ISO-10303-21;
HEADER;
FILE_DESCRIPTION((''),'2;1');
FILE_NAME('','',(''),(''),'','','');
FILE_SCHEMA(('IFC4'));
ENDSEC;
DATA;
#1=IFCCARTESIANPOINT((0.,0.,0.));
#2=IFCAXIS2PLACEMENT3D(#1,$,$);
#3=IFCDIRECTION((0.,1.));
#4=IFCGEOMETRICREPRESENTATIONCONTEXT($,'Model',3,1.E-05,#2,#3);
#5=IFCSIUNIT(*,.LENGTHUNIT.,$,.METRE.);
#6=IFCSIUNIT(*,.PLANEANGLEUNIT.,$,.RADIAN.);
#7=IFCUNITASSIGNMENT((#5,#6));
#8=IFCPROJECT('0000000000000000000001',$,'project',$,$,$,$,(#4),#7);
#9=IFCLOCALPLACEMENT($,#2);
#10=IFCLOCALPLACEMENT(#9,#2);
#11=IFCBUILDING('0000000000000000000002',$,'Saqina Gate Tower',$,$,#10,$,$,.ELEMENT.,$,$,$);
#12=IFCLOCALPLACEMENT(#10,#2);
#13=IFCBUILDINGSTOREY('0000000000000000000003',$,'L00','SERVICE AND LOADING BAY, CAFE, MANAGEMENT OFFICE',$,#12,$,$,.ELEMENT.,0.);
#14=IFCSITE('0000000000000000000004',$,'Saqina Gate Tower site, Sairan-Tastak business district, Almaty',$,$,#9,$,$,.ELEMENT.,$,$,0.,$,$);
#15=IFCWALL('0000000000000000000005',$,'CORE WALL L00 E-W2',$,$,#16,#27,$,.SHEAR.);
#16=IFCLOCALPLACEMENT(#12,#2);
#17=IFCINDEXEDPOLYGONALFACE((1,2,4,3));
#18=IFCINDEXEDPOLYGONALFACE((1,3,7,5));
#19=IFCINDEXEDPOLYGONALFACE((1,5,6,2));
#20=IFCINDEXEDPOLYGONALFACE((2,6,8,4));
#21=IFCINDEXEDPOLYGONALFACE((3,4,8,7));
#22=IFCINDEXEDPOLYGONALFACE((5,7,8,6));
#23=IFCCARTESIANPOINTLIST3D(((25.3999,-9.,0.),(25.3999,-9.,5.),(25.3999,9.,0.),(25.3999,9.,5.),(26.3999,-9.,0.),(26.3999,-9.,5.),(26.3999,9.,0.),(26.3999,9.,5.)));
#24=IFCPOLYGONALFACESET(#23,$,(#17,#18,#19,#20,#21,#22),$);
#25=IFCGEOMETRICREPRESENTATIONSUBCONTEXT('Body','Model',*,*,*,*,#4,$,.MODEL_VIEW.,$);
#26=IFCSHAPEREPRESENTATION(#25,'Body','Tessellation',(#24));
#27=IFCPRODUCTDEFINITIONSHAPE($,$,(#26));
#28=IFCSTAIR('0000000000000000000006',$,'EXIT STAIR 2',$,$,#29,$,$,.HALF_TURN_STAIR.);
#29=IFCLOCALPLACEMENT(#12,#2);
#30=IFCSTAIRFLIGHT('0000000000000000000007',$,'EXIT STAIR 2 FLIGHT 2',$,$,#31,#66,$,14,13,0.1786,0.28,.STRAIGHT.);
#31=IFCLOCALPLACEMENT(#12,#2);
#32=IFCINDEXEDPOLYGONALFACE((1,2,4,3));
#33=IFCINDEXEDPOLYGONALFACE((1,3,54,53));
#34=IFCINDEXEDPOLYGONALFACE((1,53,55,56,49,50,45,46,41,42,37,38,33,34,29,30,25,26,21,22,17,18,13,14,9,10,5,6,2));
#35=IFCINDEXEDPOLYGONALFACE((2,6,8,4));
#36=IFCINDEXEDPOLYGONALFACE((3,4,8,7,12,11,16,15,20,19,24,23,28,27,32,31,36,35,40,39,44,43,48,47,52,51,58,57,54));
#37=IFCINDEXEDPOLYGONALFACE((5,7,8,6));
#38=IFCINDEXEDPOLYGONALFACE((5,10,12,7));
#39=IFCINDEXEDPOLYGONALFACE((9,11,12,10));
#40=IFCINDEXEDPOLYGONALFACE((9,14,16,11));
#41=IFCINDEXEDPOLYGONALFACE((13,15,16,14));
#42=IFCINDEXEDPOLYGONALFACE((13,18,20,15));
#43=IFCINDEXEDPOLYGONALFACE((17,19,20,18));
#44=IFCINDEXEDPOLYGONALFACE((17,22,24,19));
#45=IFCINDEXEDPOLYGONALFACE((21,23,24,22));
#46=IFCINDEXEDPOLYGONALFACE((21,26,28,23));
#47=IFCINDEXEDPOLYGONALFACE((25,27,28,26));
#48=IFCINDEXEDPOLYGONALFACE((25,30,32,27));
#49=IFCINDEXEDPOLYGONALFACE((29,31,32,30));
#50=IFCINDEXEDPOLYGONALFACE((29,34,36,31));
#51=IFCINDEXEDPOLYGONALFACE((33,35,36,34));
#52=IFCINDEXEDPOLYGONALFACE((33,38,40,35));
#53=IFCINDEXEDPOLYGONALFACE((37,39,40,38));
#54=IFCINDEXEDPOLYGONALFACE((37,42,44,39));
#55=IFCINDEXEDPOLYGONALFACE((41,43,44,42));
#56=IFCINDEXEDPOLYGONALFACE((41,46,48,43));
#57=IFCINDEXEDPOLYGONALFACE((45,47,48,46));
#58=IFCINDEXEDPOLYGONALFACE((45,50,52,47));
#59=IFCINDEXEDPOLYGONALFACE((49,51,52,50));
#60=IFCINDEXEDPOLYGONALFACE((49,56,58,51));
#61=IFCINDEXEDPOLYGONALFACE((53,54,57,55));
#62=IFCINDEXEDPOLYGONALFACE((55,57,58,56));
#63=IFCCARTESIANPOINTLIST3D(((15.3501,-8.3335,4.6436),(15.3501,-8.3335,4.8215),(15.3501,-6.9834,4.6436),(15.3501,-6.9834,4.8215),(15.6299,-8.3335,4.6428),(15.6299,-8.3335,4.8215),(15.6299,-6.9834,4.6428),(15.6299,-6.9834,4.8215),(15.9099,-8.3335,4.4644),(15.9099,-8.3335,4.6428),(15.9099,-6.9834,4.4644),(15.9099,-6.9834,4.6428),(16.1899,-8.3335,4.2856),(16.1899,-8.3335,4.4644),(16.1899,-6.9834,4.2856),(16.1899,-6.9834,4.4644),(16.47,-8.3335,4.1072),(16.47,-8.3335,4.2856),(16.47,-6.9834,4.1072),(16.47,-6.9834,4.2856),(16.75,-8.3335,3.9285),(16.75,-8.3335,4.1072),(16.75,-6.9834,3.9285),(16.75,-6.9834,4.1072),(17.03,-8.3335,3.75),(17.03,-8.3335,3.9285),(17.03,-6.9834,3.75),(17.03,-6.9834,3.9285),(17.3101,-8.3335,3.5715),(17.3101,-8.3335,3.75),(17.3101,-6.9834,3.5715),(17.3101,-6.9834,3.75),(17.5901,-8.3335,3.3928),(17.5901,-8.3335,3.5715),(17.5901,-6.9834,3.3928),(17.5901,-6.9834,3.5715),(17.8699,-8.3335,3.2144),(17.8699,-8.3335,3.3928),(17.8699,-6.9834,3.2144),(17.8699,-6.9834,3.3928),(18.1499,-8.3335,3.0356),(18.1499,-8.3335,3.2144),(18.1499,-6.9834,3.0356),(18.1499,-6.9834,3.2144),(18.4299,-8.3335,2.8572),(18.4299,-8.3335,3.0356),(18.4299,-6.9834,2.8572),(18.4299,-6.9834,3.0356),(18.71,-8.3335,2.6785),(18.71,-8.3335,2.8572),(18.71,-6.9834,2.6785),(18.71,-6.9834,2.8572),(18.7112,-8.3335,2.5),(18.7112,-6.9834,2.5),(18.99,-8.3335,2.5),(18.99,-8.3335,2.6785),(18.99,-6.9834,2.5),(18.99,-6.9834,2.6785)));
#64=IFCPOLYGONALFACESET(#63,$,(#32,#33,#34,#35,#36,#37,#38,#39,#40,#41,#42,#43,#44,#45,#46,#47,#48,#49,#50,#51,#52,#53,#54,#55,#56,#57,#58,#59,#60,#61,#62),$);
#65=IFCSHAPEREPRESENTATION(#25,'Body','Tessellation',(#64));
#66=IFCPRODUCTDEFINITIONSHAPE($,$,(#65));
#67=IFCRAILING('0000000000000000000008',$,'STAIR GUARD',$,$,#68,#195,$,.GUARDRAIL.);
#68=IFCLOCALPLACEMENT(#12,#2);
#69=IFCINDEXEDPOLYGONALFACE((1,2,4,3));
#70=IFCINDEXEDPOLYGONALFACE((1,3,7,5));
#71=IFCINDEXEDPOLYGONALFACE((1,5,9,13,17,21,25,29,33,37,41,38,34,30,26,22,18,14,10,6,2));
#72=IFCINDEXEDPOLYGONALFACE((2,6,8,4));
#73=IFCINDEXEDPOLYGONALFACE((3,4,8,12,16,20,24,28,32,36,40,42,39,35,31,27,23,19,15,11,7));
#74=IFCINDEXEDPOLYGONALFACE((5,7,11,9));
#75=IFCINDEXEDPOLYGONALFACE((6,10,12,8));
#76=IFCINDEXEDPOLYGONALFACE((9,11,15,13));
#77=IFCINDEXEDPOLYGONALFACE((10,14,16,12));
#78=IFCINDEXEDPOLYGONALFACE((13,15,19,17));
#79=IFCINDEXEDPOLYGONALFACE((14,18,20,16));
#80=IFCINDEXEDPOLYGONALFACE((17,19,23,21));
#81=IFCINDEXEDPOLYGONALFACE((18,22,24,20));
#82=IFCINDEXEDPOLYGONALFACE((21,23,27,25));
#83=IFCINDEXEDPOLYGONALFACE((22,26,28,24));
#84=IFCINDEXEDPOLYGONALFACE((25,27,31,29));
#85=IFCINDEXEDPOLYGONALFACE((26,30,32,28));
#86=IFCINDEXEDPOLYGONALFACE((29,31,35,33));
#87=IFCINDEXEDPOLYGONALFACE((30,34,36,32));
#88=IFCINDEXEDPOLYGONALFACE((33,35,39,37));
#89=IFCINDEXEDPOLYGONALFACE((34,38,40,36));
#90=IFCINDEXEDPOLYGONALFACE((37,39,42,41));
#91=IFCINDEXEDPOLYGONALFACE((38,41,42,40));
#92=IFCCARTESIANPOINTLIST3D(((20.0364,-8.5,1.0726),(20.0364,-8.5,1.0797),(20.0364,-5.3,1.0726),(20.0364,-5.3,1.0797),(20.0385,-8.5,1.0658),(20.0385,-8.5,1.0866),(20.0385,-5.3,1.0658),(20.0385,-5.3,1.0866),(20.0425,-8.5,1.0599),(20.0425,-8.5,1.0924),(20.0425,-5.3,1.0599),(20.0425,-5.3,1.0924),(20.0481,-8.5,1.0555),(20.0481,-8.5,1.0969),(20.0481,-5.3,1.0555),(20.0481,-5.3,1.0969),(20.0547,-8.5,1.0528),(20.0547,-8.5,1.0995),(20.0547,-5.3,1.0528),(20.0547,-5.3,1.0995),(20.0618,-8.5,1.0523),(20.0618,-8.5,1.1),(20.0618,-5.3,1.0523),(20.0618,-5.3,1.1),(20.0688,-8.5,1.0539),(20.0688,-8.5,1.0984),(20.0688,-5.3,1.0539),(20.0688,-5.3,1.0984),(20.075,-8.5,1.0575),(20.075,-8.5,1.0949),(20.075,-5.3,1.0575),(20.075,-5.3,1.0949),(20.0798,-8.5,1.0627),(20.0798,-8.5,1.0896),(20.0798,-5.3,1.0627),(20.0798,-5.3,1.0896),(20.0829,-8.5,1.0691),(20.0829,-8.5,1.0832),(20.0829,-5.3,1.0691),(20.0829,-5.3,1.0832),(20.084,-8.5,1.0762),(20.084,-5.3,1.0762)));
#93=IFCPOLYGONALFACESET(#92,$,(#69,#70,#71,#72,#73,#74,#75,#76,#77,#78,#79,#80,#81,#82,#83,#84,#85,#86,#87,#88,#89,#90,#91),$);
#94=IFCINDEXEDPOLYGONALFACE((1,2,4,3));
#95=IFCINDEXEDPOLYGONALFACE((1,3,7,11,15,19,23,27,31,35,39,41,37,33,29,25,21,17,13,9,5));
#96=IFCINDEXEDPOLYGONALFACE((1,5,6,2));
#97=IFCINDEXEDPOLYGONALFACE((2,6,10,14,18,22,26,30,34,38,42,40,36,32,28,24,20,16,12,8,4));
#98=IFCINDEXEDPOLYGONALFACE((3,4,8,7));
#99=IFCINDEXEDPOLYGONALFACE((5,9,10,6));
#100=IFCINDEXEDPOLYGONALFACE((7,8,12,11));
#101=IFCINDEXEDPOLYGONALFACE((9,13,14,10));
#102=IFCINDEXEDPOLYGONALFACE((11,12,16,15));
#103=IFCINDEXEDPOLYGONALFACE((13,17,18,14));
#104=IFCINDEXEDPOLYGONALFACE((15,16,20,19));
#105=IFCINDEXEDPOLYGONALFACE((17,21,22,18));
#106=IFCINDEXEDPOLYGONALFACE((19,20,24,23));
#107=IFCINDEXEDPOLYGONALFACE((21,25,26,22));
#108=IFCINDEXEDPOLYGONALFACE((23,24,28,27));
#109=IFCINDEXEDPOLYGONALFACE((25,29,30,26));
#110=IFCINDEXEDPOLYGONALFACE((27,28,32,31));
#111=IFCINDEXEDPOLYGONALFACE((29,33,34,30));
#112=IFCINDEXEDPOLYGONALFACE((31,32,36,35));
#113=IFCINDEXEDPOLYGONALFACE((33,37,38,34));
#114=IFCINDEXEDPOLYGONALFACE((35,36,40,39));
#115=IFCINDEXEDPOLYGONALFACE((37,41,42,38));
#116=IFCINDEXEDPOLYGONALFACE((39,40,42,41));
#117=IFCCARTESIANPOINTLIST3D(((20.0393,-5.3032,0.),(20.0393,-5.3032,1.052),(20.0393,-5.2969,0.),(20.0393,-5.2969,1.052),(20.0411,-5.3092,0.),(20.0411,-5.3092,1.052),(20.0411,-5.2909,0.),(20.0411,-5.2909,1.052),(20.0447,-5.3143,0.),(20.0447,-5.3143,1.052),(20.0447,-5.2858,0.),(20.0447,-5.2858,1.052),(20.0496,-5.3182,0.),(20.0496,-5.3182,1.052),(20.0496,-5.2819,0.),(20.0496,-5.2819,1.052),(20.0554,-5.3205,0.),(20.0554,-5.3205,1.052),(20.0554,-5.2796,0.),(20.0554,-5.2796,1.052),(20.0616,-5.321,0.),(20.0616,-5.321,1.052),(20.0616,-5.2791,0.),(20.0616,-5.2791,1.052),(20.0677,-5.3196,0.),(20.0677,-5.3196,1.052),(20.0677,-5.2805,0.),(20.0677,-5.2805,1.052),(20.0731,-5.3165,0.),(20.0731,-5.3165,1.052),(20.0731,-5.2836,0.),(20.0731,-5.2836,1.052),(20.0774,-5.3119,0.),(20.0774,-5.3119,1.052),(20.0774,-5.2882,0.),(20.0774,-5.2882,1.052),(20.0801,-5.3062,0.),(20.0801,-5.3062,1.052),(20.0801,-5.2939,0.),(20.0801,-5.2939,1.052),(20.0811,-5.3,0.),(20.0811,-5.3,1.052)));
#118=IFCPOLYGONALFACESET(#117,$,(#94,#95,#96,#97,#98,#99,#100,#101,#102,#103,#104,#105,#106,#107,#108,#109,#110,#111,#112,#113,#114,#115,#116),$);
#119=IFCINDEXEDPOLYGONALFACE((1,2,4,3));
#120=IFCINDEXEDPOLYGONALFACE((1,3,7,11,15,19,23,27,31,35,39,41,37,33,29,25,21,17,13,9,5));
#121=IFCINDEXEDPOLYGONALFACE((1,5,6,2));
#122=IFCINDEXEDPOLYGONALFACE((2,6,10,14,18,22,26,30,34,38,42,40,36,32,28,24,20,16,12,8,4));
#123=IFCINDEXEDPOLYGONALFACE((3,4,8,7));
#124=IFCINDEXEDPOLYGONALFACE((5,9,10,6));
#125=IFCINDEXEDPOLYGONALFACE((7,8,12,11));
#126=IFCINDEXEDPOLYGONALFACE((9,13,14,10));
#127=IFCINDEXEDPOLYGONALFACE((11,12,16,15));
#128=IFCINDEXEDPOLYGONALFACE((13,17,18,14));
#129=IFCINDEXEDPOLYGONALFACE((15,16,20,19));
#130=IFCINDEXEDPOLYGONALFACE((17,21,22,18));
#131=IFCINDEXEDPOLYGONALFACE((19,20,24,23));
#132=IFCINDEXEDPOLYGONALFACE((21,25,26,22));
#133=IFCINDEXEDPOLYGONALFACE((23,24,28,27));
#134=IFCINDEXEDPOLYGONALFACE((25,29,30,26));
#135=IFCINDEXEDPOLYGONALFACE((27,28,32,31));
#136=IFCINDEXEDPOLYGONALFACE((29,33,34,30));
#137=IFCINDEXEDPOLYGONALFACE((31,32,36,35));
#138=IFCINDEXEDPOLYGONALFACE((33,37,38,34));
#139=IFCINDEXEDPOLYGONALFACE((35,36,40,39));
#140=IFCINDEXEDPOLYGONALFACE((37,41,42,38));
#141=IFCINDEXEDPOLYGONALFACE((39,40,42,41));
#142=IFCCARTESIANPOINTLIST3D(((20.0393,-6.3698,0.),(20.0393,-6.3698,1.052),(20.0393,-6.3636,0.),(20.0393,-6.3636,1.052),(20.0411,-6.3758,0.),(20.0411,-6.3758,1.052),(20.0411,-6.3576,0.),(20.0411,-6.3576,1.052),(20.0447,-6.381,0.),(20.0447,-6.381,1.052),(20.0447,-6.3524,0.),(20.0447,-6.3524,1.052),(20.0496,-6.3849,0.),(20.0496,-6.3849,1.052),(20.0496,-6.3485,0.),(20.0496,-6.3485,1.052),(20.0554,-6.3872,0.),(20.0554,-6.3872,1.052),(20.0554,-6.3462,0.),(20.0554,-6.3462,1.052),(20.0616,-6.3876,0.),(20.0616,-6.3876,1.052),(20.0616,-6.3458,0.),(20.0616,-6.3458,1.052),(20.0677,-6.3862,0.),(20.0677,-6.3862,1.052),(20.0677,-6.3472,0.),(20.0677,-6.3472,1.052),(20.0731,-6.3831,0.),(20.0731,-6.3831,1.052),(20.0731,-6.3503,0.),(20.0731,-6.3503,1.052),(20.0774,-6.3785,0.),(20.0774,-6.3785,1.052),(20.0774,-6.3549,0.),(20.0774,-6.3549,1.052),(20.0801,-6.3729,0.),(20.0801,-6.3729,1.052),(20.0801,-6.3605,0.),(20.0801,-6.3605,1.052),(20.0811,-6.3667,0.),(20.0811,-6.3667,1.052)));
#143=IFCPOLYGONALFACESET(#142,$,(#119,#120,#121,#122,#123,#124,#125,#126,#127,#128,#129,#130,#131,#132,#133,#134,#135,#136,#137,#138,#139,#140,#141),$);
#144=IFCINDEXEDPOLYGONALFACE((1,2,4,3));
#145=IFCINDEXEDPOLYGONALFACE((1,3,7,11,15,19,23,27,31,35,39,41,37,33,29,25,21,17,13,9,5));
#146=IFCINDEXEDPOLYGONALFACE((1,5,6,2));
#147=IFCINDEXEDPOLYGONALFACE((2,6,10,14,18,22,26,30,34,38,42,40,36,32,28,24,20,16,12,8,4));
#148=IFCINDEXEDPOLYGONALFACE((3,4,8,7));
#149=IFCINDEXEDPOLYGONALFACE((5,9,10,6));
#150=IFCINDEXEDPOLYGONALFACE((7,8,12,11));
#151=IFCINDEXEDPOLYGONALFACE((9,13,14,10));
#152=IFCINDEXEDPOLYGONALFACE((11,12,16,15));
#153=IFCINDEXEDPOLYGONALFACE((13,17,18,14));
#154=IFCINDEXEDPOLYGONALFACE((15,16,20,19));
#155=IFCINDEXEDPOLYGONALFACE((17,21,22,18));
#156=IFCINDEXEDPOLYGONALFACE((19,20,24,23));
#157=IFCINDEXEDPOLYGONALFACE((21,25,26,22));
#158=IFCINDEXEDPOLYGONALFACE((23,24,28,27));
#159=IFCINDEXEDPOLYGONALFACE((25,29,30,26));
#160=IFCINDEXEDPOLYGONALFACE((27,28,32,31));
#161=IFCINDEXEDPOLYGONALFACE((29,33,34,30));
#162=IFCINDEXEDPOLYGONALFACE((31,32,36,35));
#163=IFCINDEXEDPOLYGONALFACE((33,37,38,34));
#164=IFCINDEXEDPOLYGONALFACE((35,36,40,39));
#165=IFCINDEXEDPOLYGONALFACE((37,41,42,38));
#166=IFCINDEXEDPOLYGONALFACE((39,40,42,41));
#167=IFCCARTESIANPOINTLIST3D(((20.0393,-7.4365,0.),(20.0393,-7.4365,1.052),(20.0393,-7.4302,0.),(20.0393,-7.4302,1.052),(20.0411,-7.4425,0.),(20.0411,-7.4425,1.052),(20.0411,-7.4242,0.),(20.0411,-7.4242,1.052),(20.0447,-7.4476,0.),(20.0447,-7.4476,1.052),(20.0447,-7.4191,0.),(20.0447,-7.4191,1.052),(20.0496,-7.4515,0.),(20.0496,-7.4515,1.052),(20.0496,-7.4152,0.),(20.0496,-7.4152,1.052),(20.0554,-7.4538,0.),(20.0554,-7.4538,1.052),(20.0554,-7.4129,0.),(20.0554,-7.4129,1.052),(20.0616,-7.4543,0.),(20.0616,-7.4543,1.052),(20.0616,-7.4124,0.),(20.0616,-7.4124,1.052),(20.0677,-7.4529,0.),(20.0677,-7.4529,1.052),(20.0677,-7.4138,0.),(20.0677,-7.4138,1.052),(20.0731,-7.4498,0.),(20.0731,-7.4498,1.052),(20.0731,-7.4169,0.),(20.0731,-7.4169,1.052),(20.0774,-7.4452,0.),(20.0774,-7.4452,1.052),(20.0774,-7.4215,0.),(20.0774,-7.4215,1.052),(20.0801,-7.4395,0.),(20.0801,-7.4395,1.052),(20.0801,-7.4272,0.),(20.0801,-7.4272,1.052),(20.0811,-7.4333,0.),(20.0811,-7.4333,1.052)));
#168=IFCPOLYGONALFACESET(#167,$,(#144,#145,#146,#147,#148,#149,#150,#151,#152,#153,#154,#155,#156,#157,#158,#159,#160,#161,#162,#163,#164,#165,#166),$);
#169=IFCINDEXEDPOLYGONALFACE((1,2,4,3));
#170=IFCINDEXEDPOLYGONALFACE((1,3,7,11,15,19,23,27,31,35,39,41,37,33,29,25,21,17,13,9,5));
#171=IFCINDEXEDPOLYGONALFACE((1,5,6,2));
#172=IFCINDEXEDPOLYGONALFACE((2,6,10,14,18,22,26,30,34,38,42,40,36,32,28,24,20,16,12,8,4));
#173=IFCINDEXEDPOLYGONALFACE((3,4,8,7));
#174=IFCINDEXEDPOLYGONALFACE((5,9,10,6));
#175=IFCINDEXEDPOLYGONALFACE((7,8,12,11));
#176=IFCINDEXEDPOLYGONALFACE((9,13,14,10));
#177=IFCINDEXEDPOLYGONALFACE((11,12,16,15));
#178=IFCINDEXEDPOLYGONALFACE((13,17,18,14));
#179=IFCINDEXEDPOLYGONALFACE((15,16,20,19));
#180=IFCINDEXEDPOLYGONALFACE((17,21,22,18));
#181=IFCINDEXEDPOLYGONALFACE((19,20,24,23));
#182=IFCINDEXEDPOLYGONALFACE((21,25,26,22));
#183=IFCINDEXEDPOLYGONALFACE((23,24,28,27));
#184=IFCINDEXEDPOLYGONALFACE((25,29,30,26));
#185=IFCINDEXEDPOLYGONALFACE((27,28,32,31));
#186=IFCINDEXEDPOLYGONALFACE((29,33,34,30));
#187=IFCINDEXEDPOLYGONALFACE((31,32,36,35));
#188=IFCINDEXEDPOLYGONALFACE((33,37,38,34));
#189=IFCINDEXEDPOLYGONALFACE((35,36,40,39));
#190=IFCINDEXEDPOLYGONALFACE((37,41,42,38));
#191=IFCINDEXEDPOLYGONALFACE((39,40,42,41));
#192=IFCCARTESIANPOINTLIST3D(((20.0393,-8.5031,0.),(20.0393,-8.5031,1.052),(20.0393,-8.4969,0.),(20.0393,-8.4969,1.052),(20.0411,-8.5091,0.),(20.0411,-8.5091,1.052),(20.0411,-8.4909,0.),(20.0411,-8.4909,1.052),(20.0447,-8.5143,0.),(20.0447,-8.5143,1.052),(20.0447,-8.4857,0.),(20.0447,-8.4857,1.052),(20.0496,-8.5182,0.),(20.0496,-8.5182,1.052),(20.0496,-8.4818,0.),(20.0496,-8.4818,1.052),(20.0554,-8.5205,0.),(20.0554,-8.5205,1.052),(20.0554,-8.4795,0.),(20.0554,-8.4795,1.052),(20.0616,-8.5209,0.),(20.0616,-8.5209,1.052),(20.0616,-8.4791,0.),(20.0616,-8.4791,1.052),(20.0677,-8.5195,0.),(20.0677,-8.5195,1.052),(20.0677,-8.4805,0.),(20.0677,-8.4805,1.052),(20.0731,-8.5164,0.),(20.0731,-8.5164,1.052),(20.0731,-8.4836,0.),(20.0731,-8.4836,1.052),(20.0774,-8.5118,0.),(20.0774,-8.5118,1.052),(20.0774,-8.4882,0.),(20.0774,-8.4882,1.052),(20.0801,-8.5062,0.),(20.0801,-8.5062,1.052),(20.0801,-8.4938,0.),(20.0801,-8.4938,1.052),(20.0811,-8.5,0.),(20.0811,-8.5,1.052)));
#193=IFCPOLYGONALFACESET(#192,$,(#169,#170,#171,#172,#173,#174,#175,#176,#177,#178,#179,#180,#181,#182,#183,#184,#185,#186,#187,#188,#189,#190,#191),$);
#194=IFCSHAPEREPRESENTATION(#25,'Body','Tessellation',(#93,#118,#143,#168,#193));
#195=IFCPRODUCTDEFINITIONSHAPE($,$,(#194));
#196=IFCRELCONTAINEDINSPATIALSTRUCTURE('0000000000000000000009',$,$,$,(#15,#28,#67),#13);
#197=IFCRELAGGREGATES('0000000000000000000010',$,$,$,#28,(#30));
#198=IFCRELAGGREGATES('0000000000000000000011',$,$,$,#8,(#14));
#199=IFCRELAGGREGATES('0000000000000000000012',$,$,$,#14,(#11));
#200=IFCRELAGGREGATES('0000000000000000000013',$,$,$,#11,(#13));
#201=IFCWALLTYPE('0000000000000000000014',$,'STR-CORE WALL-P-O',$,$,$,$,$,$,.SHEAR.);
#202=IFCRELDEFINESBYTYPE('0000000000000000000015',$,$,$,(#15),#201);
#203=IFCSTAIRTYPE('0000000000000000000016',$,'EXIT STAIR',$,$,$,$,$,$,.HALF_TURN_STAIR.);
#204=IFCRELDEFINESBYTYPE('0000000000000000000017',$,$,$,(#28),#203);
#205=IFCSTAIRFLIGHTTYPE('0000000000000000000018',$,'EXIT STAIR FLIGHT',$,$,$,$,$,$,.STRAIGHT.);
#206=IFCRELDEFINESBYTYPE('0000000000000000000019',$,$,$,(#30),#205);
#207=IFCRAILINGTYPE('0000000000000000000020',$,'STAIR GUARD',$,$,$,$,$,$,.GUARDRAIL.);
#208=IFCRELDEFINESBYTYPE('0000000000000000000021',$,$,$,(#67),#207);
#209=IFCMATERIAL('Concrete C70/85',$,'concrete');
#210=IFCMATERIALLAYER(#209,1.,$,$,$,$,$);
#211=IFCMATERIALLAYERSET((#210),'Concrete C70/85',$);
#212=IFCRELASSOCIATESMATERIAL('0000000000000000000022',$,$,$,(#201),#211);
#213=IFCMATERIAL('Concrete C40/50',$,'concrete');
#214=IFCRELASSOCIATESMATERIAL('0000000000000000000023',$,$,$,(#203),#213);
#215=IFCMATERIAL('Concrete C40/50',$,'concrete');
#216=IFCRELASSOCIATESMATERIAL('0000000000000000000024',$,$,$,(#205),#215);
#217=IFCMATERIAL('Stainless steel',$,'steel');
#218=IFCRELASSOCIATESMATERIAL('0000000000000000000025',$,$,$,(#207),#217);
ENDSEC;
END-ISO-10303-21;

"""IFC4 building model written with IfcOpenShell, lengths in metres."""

from ifc_helpers import new_model, si_unit, direction, frame, frame_2d, origin, origin_2d, place, context, subcontext, project, spatial, polyline, rectangle, circle, outline, extrude, material, layer, layer_set, type_object, element, aggregate, save


model = new_model("IFC4")

# Units and contexts
model_context = context("Model", 3, precision=1e-05, world=origin(), true_north=direction((0.0, 1.0)))
body_context = subcontext(model_context, "Body", "Model", "MODEL_VIEW")
ifc_project = project(units=[si_unit("LENGTHUNIT", "METRE"), si_unit("PLANEANGLEUNIT", "RADIAN")], contexts=[model_context])

# Site, building, storey
site_placement = place(None, origin())
site = spatial("IfcSite", under=ifc_project, at=site_placement, Name="Saqina Gate Tower site, Sairan-Tastak business district, Almaty", CompositionType="ELEMENT", RefElevation=0.0)
building_placement = place(site_placement, origin())
building = spatial("IfcBuilding", under=site, at=building_placement, Name="Saqina Gate Tower", CompositionType="ELEMENT")
storey_placement = place(building_placement, origin())
storey = spatial("IfcBuildingStorey", under=building, at=storey_placement, Name="L00", Description="SERVICE AND LOADING BAY, CAFE, MANAGEMENT OFFICE", CompositionType="ELEMENT", Elevation=0.0)

# Wall
ifc_material_1 = material(Name="Concrete C70/85", Category="concrete")
ifc_layer_1 = layer(ifc_material_1, 1.0)
ifc_layer_set_1 = layer_set([ifc_layer_1], Name="Concrete C70/85")
wall_type_1 = type_object("IfcWallType", Name="STR-CORE WALL-P-O", PredefinedType="SHEAR", material=ifc_layer_set_1)
wall_1_placement = place(storey_placement, frame((25.8999, -9.0, 0.0), z_axis=(0.0, 0.0, 1.0), x_axis=(0.0, 1.0, 0.0)))
element("IfcWall", 1, at=wall_1_placement, inside=storey, type_object=wall_type_1, Name="CORE WALL L00 E-W2", PredefinedType="SHEAR", context=body_context, shape_type="SweptSolid", body=[
    extrude(rectangle(XDim=18.0, YDim=1.0, at=frame_2d((9.0, 0.0))), origin(), (0.0, 0.0, 1.0), 5.0),
])

# Stair, stair flight
ifc_material_2 = material(Name="Concrete C40/50", Category="concrete")
stair_type = type_object("IfcStairType", Name="EXIT STAIR", PredefinedType="HALF_TURN_STAIR", material=ifc_material_2)
stair_placement = place(storey_placement, origin())
stair = element("IfcStair", 2, at=stair_placement, inside=storey, type_object=stair_type, Name="EXIT STAIR 2", PredefinedType="HALF_TURN_STAIR")
ifc_material_3 = material(Name="Concrete C40/50", Category="concrete")
stair_flight_type = type_object("IfcStairFlightType", Name="EXIT STAIR FLIGHT", PredefinedType="STRAIGHT", material=ifc_material_3)
stair_flight_placement = place(storey_placement, frame((18.99, -7.6584, 2.5), z_axis=(0.0, 0.0, 1.0), x_axis=(-1.0, 0.0, 0.0)))
stair_flight = element("IfcStairFlight", 3, at=stair_flight_placement, type_object=stair_flight_type, Name="EXIT STAIR 2 FLIGHT 2", NumberOfRisers=14, NumberOfTreads=13, PredefinedType="STRAIGHT", RiserHeight=0.1786, TreadLength=0.28, context=body_context, shape_type="SweptSolid", body=[
    extrude(outline(polyline([(0.0, 0.0), (0.0, 0.1785), (0.28, 0.1785), (0.28, 0.3572), (0.5601, 0.3572), (0.5601, 0.5356), (0.8401, 0.5356), (0.8401, 0.7144), (1.1201, 0.7144), (1.1201, 0.8928), (1.3999, 0.8928), (1.3999, 1.0715), (1.6799, 1.0715), (1.6799, 1.25), (1.96, 1.25), (1.96, 1.4285), (2.24, 1.4285), (2.24, 1.6072), (2.52, 1.6072), (2.52, 1.7856), (2.8, 1.7856), (2.8, 1.9644), (3.0801, 1.9644), (3.0801, 2.1428), (3.3601, 2.1428), (3.3601, 2.3215), (3.6399, 2.3215), (3.6399, 2.5), (3.6399, 2.1436), (0.2788, 0.0), (0.0, 0.0)])), frame((0.0, 0.675, 0.0), z_axis=(0.0, -1.0, 0.0), x_axis=(1.0, 0.0, 0.0)), (0.0, 0.0, 1.0), 1.3501),
])
aggregate(stair, [stair_flight])

# Railing
ifc_material_4 = material(Name="Stainless steel", Category="steel")
railing_type = type_object("IfcRailingType", Name="STAIR GUARD", PredefinedType="GUARDRAIL", material=ifc_material_4)
railing_placement = place(storey_placement, frame((20.0601, -5.3, 0.0)))
element("IfcRailing", 4, at=railing_placement, inside=storey, type_object=railing_type, Name="STAIR GUARD", PredefinedType="GUARDRAIL", context=body_context, shape_type="SweptSolid", body=[
    extrude(circle(Radius=0.0239, at=origin_2d()), frame((0.0, 0.0, 1.0762), z_axis=(0.0, -1.0, 0.0), x_axis=(1.0, 0.0, 0.0)), (0.0, 0.0, 1.0), 3.2),
    extrude(circle(Radius=0.021, at=origin_2d()), origin(), (0.0, 0.0, 1.0), 1.052),
    extrude(circle(Radius=0.021, at=origin_2d()), frame((0.0, -1.0667, 0.0)), (0.0, 0.0, 1.0), 1.052),
    extrude(circle(Radius=0.021, at=origin_2d()), frame((0.0, -2.1333, 0.0)), (0.0, 0.0, 1.0), 1.052),
    extrude(circle(Radius=0.021, at=origin_2d()), frame((0.0, -3.2, 0.0)), (0.0, 0.0, 1.0), 1.052),
])

save(model, "model.ifc")
